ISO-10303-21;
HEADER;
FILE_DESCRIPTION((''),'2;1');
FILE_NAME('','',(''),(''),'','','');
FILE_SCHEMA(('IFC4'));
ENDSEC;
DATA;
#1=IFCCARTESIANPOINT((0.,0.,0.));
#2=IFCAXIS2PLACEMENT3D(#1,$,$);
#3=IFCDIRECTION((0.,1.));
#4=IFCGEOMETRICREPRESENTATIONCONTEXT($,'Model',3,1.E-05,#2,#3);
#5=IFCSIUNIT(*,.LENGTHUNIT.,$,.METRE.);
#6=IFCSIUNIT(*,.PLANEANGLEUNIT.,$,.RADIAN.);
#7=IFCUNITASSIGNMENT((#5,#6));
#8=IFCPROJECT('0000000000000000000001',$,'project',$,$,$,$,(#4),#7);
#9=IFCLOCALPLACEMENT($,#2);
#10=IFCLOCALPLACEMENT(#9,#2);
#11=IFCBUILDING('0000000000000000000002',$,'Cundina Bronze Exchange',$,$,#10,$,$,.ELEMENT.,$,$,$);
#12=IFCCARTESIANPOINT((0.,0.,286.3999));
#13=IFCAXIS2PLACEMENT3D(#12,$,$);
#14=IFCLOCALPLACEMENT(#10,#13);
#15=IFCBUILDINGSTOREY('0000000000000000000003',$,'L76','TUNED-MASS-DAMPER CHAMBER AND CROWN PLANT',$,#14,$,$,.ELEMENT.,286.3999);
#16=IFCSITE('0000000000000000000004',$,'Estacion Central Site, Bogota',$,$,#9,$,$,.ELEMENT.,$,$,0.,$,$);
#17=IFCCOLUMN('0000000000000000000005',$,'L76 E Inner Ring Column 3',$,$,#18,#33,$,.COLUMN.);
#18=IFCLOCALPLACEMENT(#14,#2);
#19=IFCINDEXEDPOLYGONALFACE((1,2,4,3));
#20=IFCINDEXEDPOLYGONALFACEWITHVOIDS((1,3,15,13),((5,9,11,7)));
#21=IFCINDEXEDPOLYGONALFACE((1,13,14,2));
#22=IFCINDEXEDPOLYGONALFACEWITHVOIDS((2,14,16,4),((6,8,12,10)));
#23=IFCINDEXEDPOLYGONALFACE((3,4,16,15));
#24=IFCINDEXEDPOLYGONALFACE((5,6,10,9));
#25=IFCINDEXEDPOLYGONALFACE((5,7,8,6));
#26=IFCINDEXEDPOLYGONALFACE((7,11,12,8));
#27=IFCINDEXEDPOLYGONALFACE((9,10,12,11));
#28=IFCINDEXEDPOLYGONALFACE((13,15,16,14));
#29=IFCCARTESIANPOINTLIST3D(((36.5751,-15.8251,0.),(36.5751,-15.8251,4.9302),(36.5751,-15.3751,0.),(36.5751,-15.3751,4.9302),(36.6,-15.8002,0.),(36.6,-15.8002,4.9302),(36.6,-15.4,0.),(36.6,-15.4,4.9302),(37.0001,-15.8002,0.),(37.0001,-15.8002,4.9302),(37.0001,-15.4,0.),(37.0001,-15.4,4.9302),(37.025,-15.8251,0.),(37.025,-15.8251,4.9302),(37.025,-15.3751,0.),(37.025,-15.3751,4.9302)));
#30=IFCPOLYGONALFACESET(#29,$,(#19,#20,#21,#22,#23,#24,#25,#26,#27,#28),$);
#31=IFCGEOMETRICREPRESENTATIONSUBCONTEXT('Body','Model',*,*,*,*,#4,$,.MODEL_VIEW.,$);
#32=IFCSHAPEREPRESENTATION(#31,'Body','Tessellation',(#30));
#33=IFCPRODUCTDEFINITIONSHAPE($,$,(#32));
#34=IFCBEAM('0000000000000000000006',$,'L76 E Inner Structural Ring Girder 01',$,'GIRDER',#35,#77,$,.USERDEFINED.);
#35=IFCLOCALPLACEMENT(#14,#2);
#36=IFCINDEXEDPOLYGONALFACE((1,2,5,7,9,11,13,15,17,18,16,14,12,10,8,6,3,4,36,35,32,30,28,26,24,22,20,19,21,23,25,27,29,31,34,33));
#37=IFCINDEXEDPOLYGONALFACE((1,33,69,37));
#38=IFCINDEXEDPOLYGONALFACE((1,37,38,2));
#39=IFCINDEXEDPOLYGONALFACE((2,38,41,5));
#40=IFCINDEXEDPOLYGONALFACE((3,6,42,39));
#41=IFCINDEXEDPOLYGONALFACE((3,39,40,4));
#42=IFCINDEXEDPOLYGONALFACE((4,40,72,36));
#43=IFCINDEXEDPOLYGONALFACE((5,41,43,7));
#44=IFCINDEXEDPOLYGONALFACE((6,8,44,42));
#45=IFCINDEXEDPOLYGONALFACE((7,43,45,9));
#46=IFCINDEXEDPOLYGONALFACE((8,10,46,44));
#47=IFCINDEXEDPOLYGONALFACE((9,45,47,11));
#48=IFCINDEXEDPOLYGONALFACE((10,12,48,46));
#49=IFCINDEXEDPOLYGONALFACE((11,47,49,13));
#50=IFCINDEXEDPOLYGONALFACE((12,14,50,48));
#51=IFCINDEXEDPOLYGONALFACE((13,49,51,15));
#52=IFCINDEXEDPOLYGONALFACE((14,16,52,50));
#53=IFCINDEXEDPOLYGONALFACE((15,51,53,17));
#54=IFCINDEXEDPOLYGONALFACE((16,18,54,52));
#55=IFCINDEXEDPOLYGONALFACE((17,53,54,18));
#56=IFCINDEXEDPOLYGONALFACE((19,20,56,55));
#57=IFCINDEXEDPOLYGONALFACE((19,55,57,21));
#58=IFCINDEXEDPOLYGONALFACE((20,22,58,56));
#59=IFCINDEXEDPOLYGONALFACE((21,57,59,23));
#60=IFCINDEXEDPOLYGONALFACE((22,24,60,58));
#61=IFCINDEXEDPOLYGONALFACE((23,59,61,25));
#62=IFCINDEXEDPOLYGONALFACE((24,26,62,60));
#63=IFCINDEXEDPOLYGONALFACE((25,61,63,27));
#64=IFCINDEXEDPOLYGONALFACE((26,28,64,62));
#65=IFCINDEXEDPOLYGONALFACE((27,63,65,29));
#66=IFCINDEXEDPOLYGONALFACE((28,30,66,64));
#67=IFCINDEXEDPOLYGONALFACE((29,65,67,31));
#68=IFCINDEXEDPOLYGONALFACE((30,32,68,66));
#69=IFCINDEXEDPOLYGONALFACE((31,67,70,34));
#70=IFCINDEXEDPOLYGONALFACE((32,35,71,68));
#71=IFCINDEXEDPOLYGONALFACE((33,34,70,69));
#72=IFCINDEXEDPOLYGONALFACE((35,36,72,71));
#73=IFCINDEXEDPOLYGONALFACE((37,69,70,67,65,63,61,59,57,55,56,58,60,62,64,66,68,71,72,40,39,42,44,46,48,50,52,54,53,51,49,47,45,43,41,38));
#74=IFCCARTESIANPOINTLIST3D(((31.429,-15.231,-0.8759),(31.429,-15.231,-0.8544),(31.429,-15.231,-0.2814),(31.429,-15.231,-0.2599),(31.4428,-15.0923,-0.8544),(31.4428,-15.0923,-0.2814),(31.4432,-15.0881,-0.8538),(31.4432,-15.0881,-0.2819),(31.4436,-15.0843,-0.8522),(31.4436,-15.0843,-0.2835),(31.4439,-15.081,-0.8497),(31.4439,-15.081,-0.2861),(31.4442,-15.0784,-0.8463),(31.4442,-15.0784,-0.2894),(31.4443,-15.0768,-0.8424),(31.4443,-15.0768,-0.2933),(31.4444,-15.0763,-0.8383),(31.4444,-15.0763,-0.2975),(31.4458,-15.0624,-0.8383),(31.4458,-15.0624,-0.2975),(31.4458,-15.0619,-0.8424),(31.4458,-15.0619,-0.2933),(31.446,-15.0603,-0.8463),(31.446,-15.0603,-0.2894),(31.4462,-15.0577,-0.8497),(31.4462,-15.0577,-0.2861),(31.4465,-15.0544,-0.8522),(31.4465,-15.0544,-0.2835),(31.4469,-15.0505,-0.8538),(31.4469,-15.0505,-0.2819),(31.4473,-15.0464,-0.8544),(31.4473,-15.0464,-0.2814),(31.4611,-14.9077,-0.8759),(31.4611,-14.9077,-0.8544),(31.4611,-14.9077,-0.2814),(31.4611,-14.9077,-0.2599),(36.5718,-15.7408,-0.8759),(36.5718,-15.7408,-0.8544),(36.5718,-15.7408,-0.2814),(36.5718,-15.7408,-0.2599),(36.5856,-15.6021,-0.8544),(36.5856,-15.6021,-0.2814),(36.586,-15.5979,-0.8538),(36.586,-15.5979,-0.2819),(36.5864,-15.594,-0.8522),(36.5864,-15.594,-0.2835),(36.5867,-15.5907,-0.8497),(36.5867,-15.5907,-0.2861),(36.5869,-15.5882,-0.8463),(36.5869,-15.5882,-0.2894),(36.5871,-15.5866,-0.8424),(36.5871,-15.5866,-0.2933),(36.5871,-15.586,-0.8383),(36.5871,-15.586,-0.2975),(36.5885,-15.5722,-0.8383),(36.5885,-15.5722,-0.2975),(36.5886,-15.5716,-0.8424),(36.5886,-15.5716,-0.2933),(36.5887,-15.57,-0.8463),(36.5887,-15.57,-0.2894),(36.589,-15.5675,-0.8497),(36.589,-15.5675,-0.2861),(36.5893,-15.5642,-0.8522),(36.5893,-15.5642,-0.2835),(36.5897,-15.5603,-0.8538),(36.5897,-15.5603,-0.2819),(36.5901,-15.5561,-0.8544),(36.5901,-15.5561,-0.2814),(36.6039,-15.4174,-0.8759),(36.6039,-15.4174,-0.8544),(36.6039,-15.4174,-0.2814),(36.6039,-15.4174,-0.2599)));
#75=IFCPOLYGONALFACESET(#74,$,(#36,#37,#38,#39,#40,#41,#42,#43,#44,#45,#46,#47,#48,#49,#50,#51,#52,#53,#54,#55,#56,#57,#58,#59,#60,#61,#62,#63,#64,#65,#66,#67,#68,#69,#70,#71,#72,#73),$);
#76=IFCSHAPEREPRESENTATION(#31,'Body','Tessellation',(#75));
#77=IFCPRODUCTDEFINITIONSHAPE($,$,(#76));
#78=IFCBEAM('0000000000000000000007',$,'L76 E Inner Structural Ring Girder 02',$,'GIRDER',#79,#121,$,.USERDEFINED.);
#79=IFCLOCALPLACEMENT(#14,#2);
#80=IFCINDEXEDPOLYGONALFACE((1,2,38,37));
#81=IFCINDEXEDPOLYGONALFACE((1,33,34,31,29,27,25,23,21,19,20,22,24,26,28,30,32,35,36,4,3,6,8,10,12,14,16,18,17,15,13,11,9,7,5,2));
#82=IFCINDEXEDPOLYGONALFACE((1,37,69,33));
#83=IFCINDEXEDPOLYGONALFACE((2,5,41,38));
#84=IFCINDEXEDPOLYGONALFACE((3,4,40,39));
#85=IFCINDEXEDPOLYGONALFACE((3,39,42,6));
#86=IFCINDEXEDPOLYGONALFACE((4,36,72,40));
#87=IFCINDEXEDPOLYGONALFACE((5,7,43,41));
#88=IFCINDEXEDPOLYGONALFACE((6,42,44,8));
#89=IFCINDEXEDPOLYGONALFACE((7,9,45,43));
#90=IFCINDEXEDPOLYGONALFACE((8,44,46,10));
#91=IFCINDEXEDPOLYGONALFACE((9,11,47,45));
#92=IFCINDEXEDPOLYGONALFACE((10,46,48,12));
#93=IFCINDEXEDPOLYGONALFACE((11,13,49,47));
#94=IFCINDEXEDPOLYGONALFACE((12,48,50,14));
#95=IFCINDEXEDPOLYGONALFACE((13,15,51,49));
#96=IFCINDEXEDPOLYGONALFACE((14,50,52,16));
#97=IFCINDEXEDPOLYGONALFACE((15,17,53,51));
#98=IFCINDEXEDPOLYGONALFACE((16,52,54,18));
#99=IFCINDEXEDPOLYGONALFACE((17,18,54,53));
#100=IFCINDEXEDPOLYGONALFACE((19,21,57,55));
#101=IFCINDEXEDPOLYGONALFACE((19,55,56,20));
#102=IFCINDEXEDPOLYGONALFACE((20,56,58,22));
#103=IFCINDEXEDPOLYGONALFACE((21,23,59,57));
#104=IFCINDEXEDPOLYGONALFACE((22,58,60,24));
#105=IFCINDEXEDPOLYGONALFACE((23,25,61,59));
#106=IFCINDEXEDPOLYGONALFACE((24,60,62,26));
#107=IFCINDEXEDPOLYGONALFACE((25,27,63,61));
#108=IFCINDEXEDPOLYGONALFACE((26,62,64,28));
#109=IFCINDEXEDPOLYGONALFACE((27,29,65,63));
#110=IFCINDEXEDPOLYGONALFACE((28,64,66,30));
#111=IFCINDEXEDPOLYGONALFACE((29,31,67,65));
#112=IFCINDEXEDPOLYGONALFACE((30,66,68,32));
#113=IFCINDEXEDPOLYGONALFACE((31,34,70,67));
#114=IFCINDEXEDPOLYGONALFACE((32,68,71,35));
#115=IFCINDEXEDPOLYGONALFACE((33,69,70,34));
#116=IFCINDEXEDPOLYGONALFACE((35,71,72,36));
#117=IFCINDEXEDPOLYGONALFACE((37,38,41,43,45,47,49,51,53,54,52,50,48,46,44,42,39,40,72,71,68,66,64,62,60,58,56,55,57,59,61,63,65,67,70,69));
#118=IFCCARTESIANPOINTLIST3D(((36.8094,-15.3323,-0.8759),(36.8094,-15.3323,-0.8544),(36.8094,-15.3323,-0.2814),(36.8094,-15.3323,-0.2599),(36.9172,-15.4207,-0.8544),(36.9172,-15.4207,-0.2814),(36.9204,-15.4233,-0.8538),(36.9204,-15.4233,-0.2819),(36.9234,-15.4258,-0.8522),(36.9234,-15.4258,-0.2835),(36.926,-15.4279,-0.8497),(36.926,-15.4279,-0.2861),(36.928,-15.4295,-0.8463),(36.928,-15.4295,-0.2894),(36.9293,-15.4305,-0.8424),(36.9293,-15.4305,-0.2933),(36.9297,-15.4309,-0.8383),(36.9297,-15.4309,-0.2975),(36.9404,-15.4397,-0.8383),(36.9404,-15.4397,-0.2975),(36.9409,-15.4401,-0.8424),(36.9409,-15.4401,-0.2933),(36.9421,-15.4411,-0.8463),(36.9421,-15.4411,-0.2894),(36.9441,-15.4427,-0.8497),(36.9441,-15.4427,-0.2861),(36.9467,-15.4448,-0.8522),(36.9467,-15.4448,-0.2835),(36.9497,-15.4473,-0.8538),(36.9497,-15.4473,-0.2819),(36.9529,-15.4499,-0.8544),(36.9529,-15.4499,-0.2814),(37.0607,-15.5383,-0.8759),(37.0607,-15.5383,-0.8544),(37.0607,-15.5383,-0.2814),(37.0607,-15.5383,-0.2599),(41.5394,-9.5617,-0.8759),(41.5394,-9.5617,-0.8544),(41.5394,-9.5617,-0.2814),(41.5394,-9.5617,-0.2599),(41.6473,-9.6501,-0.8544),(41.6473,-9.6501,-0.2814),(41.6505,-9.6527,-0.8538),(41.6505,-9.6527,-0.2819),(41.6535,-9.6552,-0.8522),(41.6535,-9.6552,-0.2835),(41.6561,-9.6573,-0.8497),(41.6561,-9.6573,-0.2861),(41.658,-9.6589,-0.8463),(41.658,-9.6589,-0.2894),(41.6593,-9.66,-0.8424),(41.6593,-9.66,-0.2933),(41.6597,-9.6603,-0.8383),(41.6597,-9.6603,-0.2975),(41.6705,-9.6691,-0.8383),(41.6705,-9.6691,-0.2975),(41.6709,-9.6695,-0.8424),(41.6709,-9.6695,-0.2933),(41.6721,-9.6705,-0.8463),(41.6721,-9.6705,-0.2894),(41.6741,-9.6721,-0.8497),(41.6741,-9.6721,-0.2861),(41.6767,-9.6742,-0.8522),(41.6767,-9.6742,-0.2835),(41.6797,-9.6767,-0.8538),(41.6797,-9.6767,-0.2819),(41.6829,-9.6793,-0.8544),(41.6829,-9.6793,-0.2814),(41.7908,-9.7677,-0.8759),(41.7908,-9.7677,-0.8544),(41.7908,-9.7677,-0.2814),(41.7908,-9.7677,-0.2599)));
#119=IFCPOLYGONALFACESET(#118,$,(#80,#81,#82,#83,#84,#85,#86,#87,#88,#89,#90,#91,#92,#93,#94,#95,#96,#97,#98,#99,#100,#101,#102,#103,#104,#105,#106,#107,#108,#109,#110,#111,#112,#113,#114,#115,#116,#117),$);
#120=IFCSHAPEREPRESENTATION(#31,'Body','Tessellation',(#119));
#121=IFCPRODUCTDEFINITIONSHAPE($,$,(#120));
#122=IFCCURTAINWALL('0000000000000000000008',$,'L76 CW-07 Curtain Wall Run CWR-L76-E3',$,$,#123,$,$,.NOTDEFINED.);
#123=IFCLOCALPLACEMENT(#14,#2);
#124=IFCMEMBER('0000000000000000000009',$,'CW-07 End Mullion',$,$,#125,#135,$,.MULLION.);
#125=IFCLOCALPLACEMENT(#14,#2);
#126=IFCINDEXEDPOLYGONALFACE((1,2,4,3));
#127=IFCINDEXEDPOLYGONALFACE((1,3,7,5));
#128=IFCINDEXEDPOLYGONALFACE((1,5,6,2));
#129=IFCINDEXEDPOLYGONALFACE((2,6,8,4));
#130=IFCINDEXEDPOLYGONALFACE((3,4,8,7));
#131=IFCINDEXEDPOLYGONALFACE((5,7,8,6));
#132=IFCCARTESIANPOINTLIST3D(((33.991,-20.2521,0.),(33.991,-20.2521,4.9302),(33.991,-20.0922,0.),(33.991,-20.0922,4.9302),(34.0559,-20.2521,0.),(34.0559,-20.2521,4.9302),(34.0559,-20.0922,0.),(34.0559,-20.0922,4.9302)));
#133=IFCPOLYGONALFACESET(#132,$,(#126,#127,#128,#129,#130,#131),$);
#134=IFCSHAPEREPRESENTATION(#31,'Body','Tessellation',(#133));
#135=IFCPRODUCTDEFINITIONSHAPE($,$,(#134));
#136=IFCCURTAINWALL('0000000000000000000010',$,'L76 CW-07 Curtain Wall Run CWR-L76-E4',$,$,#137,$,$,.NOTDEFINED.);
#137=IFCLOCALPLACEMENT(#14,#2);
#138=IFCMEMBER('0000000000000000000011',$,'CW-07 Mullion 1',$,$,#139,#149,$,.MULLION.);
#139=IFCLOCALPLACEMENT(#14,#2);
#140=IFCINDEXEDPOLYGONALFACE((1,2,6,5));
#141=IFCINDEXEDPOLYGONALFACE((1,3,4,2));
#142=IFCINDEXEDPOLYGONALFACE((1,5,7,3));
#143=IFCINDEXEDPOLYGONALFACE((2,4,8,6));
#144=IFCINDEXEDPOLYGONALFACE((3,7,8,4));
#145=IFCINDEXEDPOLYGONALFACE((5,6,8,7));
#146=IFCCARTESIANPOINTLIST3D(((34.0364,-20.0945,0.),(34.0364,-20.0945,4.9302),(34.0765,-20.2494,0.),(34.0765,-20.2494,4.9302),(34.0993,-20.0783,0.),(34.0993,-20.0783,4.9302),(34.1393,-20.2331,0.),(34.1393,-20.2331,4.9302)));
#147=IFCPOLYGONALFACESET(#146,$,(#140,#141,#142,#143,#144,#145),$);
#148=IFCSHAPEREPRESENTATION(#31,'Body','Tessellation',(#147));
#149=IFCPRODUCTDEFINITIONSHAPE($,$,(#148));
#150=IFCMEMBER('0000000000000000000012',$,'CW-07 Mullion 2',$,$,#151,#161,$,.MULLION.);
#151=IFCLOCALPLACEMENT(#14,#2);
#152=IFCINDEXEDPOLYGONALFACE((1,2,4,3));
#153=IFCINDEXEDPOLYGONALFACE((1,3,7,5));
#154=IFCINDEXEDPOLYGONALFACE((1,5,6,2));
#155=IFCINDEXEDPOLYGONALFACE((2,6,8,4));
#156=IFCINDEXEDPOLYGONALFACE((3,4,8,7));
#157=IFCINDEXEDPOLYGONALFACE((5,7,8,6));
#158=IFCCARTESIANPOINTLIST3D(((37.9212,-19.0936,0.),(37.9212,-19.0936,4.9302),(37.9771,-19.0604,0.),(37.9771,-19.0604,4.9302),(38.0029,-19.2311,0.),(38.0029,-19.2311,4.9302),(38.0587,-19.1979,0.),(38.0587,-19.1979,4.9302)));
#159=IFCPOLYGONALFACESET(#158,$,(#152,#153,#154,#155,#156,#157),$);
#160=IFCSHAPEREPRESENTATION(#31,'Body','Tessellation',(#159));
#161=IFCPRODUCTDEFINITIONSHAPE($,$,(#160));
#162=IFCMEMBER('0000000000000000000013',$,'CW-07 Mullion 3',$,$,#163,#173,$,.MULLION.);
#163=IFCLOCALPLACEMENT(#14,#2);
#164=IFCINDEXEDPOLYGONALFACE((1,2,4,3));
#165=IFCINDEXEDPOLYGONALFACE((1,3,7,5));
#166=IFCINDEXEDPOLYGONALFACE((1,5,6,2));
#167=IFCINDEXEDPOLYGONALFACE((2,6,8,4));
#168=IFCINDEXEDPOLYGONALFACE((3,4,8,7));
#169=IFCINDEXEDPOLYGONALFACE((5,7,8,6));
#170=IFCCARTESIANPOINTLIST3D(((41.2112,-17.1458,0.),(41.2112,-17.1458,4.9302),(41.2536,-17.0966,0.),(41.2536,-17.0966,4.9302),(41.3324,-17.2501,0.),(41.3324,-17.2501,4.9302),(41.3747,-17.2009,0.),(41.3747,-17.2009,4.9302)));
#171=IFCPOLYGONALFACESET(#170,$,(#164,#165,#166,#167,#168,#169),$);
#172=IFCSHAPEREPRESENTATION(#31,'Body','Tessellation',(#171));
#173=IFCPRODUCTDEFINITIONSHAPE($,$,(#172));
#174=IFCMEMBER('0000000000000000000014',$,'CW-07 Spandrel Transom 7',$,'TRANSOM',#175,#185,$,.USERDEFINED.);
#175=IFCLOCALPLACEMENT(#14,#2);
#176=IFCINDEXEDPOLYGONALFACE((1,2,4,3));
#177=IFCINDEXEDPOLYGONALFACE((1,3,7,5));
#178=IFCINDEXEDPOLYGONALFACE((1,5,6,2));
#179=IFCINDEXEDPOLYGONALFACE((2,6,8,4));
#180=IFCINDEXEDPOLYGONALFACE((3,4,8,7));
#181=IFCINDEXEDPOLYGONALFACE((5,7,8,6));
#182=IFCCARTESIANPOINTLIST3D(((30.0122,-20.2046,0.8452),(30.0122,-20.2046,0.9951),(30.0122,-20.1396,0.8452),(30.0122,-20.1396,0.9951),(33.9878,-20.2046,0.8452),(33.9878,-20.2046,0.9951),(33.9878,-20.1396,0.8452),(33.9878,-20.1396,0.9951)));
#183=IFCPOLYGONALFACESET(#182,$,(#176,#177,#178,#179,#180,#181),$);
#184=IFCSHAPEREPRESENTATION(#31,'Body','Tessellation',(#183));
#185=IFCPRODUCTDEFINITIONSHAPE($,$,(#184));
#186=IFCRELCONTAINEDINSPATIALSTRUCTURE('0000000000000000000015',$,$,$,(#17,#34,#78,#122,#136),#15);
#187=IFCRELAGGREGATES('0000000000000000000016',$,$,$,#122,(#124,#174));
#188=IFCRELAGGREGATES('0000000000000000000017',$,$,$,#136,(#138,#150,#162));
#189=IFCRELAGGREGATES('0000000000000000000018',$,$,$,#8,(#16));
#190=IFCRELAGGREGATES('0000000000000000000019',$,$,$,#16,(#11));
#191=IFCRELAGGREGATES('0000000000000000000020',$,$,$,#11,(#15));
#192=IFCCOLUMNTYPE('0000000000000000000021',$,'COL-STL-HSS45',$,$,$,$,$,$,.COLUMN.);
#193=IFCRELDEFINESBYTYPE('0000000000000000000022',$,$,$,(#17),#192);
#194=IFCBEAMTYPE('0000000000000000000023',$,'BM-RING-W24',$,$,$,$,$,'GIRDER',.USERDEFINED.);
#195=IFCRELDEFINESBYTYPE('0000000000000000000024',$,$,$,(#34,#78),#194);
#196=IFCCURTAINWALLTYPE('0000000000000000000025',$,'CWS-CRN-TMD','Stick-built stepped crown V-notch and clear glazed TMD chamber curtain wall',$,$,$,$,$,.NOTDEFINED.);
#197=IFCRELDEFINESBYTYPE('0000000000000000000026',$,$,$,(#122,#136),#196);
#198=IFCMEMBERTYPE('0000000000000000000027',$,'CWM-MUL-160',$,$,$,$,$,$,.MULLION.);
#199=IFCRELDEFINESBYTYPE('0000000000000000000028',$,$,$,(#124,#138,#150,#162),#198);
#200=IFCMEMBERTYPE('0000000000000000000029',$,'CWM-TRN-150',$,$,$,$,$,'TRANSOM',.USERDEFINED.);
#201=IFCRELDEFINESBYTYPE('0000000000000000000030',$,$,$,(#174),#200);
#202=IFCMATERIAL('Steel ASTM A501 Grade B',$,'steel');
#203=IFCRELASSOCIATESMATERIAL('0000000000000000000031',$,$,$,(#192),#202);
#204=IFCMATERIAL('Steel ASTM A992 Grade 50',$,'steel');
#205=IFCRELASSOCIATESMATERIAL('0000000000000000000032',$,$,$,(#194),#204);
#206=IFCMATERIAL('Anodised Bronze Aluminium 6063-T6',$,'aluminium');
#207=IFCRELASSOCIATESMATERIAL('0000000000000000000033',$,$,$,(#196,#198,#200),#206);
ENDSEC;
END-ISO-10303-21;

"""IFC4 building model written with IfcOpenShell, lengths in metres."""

from ifc_helpers import new_model, si_unit, direction, frame, origin, origin_2d, place, context, subcontext, project, spatial, rectangle, hollow_rectangle, i_section, extrude, material, material_profile, profile_set, type_object, element, aggregate, save


model = new_model("IFC4")

# Units and contexts
model_context = context("Model", 3, precision=1e-05, world=origin(), true_north=direction((0.0, 1.0)))
body_context = subcontext(model_context, "Body", "Model", "MODEL_VIEW")
ifc_project = project(units=[si_unit("LENGTHUNIT", "METRE"), si_unit("PLANEANGLEUNIT", "RADIAN")], contexts=[model_context])

# Site, building, storey
site_placement = place(None, origin())
site = spatial("IfcSite", under=ifc_project, at=site_placement, Name="Estacion Central Site, Bogota", CompositionType="ELEMENT", RefElevation=0.0)
building_placement = place(site_placement, origin())
building = spatial("IfcBuilding", under=site, at=building_placement, Name="Cundina Bronze Exchange", CompositionType="ELEMENT")
storey_placement = place(building_placement, frame((0.0, 0.0, 286.3999)))
storey = spatial("IfcBuildingStorey", under=building, at=storey_placement, Name="L76", Description="TUNED-MASS-DAMPER CHAMBER AND CROWN PLANT", CompositionType="ELEMENT", Elevation=286.3999)

# Column
ifc_material_1 = material(Name="Steel ASTM A501 Grade B", Category="steel")
ifc_material_profile_1 = material_profile(ifc_material_1, hollow_rectangle(XDim=0.45, YDim=0.45, WallThickness=0.0249, at=origin_2d()), Name="HSS450X450X25", Category="steel")
ifc_profile_set_1 = profile_set([ifc_material_profile_1], Name="Steel ASTM A501 Grade B")
column_type = type_object("IfcColumnType", Name="COL-STL-HSS45", PredefinedType="COLUMN", material=ifc_profile_set_1)
column_placement = place(storey_placement, frame((36.8, -15.6001, 0.0), z_axis=(0.0, 0.0, 1.0), x_axis=(1.0, 0.0, 0.0)))
element("IfcColumn", 1, at=column_placement, inside=storey, type_object=column_type, Name="L76 E Inner Ring Column 3", PredefinedType="COLUMN", context=body_context, shape_type="SweptSolid", body=[
    extrude(hollow_rectangle(XDim=0.45, YDim=0.45, WallThickness=0.0249, at=origin_2d()), origin(), (0.0, 0.0, 1.0), 4.9302),
])

# Beams
ifc_material_2 = material(Name="Steel ASTM A992 Grade 50", Category="steel")
ifc_material_profile_2 = material_profile(ifc_material_2, i_section(OverallWidth=0.325, OverallDepth=0.616, WebThickness=0.0139, FlangeThickness=0.0215, FilletRadius=0.0161, at=origin_2d()), Name="W24X117", Category="steel")
ifc_profile_set_2 = profile_set([ifc_material_profile_2], Name="Steel ASTM A992 Grade 50")
beam_type = type_object("IfcBeamType", Name="BM-RING-W24", ElementType="GIRDER", PredefinedType="USERDEFINED", material=ifc_profile_set_2)
beam_1_placement = place(storey_placement, frame((31.4451, -15.0693, -0.5679), z_axis=(0.995123, -0.098638, 0.0), x_axis=(0.098638, 0.995123, 0.0)))
element("IfcBeam", 2, at=beam_1_placement, inside=storey, type_object=beam_type, Name="L76 E Inner Structural Ring Girder 01", ObjectType="GIRDER", PredefinedType="USERDEFINED", context=body_context, shape_type="SweptSolid", body=[
    extrude(i_section(OverallWidth=0.325, OverallDepth=0.616, WebThickness=0.0139, FlangeThickness=0.0215, FilletRadius=0.0161, at=origin_2d()), origin(), (0.0, 0.0, 1.0), 5.168),
])
beam_2_placement = place(storey_placement, frame((36.9351, -15.4353, -0.5679), z_axis=(0.633932, 0.773388, 0.0), x_axis=(-0.773388, 0.633932, 0.0)))
element("IfcBeam", 3, at=beam_2_placement, inside=storey, type_object=beam_type, Name="L76 E Inner Structural Ring Girder 02", ObjectType="GIRDER", PredefinedType="USERDEFINED", context=body_context, shape_type="SweptSolid", body=[
    extrude(i_section(OverallWidth=0.325, OverallDepth=0.616, WebThickness=0.0139, FlangeThickness=0.0215, FilletRadius=0.0161, at=origin_2d()), origin(), (0.0, 0.0, 1.0), 7.4614),
])

# Curtain wall, member
ifc_material_3 = material(Name="Anodised Bronze Aluminium 6063-T6", Category="aluminium")
curtain_wall_type = type_object("IfcCurtainWallType", Name="CWS-CRN-TMD", Description="Stick-built stepped crown V-notch and clear glazed TMD chamber curtain wall", PredefinedType="NOTDEFINED", material=ifc_material_3)
curtain_wall_1_placement = place(storey_placement, origin())
curtain_wall_1 = element("IfcCurtainWall", 4, at=curtain_wall_1_placement, inside=storey, type_object=curtain_wall_type, Name="L76 CW-07 Curtain Wall Run CWR-L76-E3", PredefinedType="NOTDEFINED")
ifc_material_profile_3 = material_profile(ifc_material_3, rectangle(XDim=0.0649, YDim=0.1599, at=origin_2d()), Name="AL65X160", Category="aluminium")
ifc_profile_set_3 = profile_set([ifc_material_profile_3], Name="Anodised Bronze Aluminium 6063-T6")
member_type_1 = type_object("IfcMemberType", Name="CWM-MUL-160", PredefinedType="MULLION", material=ifc_profile_set_3)
member_1_placement = place(storey_placement, frame((34.0234, -20.1721, 0.0), z_axis=(0.0, 0.0, 1.0), x_axis=(1.0, 0.0, 0.0)))
member_1 = element("IfcMember", 5, at=member_1_placement, type_object=member_type_1, Name="CW-07 End Mullion", PredefinedType="MULLION", context=body_context, shape_type="SweptSolid", body=[
    extrude(rectangle(XDim=0.0649, YDim=0.1599, at=origin_2d()), origin(), (0.0, 0.0, 1.0), 4.9302),
])

# Curtain wall, members
curtain_wall_2_placement = place(storey_placement, origin())
curtain_wall_2 = element("IfcCurtainWall", 6, at=curtain_wall_2_placement, inside=storey, type_object=curtain_wall_type, Name="L76 CW-07 Curtain Wall Run CWR-L76-E4", PredefinedType="NOTDEFINED")
member_2_placement = place(storey_placement, frame((34.0879, -20.1638, 0.0), z_axis=(0.0, 0.0, 1.0), x_axis=(0.968148, 0.25038, 0.0)))
member_2 = element("IfcMember", 7, at=member_2_placement, type_object=member_type_1, Name="CW-07 Mullion 1", PredefinedType="MULLION", context=body_context, shape_type="SweptSolid", body=[
    extrude(rectangle(XDim=0.0649, YDim=0.1599, at=origin_2d()), origin(), (0.0, 0.0, 1.0), 4.9302),
])
member_3_placement = place(storey_placement, frame((37.99, -19.1458, 0.0), z_axis=(0.0, 0.0, 1.0), x_axis=(0.859763, 0.510693, 0.0)))
member_3 = element("IfcMember", 8, at=member_3_placement, type_object=member_type_1, Name="CW-07 Mullion 2", PredefinedType="MULLION", context=body_context, shape_type="SweptSolid", body=[
    extrude(rectangle(XDim=0.0649, YDim=0.1599, at=origin_2d()), origin(), (0.0, 0.0, 1.0), 4.9302),
])
member_4_placement = place(storey_placement, frame((41.293, -17.1733, 0.0), z_axis=(0.0, 0.0, 1.0), x_axis=(0.652495, 0.757793, 0.0)))
member_4 = element("IfcMember", 9, at=member_4_placement, type_object=member_type_1, Name="CW-07 Mullion 3", PredefinedType="MULLION", context=body_context, shape_type="SweptSolid", body=[
    extrude(rectangle(XDim=0.0649, YDim=0.1599, at=origin_2d()), origin(), (0.0, 0.0, 1.0), 4.9302),
])

# Member
ifc_material_profile_4 = material_profile(ifc_material_3, rectangle(XDim=0.0649, YDim=0.1499, at=origin_2d()), Name="AL65X150", Category="aluminium")
ifc_profile_set_4 = profile_set([ifc_material_profile_4], Name="Anodised Bronze Aluminium 6063-T6")
member_type_2 = type_object("IfcMemberType", Name="CWM-TRN-150", ElementType="TRANSOM", PredefinedType="USERDEFINED", material=ifc_profile_set_4)
member_5_placement = place(storey_placement, frame((30.0122, -20.1721, 0.9202), z_axis=(1.0, 0.0, 0.0), x_axis=(0.0, 1.0, 0.0)))
member_5 = element("IfcMember", 10, at=member_5_placement, type_object=member_type_2, Name="CW-07 Spandrel Transom 7", ObjectType="TRANSOM", PredefinedType="USERDEFINED", context=body_context, shape_type="SweptSolid", body=[
    extrude(rectangle(XDim=0.0649, YDim=0.1499, at=origin_2d()), origin(), (0.0, 0.0, 1.0), 3.9756),
])

aggregate(curtain_wall_1, [member_1, member_5])
aggregate(curtain_wall_2, [member_2, member_3, member_4])

save(model, "model.ifc")
